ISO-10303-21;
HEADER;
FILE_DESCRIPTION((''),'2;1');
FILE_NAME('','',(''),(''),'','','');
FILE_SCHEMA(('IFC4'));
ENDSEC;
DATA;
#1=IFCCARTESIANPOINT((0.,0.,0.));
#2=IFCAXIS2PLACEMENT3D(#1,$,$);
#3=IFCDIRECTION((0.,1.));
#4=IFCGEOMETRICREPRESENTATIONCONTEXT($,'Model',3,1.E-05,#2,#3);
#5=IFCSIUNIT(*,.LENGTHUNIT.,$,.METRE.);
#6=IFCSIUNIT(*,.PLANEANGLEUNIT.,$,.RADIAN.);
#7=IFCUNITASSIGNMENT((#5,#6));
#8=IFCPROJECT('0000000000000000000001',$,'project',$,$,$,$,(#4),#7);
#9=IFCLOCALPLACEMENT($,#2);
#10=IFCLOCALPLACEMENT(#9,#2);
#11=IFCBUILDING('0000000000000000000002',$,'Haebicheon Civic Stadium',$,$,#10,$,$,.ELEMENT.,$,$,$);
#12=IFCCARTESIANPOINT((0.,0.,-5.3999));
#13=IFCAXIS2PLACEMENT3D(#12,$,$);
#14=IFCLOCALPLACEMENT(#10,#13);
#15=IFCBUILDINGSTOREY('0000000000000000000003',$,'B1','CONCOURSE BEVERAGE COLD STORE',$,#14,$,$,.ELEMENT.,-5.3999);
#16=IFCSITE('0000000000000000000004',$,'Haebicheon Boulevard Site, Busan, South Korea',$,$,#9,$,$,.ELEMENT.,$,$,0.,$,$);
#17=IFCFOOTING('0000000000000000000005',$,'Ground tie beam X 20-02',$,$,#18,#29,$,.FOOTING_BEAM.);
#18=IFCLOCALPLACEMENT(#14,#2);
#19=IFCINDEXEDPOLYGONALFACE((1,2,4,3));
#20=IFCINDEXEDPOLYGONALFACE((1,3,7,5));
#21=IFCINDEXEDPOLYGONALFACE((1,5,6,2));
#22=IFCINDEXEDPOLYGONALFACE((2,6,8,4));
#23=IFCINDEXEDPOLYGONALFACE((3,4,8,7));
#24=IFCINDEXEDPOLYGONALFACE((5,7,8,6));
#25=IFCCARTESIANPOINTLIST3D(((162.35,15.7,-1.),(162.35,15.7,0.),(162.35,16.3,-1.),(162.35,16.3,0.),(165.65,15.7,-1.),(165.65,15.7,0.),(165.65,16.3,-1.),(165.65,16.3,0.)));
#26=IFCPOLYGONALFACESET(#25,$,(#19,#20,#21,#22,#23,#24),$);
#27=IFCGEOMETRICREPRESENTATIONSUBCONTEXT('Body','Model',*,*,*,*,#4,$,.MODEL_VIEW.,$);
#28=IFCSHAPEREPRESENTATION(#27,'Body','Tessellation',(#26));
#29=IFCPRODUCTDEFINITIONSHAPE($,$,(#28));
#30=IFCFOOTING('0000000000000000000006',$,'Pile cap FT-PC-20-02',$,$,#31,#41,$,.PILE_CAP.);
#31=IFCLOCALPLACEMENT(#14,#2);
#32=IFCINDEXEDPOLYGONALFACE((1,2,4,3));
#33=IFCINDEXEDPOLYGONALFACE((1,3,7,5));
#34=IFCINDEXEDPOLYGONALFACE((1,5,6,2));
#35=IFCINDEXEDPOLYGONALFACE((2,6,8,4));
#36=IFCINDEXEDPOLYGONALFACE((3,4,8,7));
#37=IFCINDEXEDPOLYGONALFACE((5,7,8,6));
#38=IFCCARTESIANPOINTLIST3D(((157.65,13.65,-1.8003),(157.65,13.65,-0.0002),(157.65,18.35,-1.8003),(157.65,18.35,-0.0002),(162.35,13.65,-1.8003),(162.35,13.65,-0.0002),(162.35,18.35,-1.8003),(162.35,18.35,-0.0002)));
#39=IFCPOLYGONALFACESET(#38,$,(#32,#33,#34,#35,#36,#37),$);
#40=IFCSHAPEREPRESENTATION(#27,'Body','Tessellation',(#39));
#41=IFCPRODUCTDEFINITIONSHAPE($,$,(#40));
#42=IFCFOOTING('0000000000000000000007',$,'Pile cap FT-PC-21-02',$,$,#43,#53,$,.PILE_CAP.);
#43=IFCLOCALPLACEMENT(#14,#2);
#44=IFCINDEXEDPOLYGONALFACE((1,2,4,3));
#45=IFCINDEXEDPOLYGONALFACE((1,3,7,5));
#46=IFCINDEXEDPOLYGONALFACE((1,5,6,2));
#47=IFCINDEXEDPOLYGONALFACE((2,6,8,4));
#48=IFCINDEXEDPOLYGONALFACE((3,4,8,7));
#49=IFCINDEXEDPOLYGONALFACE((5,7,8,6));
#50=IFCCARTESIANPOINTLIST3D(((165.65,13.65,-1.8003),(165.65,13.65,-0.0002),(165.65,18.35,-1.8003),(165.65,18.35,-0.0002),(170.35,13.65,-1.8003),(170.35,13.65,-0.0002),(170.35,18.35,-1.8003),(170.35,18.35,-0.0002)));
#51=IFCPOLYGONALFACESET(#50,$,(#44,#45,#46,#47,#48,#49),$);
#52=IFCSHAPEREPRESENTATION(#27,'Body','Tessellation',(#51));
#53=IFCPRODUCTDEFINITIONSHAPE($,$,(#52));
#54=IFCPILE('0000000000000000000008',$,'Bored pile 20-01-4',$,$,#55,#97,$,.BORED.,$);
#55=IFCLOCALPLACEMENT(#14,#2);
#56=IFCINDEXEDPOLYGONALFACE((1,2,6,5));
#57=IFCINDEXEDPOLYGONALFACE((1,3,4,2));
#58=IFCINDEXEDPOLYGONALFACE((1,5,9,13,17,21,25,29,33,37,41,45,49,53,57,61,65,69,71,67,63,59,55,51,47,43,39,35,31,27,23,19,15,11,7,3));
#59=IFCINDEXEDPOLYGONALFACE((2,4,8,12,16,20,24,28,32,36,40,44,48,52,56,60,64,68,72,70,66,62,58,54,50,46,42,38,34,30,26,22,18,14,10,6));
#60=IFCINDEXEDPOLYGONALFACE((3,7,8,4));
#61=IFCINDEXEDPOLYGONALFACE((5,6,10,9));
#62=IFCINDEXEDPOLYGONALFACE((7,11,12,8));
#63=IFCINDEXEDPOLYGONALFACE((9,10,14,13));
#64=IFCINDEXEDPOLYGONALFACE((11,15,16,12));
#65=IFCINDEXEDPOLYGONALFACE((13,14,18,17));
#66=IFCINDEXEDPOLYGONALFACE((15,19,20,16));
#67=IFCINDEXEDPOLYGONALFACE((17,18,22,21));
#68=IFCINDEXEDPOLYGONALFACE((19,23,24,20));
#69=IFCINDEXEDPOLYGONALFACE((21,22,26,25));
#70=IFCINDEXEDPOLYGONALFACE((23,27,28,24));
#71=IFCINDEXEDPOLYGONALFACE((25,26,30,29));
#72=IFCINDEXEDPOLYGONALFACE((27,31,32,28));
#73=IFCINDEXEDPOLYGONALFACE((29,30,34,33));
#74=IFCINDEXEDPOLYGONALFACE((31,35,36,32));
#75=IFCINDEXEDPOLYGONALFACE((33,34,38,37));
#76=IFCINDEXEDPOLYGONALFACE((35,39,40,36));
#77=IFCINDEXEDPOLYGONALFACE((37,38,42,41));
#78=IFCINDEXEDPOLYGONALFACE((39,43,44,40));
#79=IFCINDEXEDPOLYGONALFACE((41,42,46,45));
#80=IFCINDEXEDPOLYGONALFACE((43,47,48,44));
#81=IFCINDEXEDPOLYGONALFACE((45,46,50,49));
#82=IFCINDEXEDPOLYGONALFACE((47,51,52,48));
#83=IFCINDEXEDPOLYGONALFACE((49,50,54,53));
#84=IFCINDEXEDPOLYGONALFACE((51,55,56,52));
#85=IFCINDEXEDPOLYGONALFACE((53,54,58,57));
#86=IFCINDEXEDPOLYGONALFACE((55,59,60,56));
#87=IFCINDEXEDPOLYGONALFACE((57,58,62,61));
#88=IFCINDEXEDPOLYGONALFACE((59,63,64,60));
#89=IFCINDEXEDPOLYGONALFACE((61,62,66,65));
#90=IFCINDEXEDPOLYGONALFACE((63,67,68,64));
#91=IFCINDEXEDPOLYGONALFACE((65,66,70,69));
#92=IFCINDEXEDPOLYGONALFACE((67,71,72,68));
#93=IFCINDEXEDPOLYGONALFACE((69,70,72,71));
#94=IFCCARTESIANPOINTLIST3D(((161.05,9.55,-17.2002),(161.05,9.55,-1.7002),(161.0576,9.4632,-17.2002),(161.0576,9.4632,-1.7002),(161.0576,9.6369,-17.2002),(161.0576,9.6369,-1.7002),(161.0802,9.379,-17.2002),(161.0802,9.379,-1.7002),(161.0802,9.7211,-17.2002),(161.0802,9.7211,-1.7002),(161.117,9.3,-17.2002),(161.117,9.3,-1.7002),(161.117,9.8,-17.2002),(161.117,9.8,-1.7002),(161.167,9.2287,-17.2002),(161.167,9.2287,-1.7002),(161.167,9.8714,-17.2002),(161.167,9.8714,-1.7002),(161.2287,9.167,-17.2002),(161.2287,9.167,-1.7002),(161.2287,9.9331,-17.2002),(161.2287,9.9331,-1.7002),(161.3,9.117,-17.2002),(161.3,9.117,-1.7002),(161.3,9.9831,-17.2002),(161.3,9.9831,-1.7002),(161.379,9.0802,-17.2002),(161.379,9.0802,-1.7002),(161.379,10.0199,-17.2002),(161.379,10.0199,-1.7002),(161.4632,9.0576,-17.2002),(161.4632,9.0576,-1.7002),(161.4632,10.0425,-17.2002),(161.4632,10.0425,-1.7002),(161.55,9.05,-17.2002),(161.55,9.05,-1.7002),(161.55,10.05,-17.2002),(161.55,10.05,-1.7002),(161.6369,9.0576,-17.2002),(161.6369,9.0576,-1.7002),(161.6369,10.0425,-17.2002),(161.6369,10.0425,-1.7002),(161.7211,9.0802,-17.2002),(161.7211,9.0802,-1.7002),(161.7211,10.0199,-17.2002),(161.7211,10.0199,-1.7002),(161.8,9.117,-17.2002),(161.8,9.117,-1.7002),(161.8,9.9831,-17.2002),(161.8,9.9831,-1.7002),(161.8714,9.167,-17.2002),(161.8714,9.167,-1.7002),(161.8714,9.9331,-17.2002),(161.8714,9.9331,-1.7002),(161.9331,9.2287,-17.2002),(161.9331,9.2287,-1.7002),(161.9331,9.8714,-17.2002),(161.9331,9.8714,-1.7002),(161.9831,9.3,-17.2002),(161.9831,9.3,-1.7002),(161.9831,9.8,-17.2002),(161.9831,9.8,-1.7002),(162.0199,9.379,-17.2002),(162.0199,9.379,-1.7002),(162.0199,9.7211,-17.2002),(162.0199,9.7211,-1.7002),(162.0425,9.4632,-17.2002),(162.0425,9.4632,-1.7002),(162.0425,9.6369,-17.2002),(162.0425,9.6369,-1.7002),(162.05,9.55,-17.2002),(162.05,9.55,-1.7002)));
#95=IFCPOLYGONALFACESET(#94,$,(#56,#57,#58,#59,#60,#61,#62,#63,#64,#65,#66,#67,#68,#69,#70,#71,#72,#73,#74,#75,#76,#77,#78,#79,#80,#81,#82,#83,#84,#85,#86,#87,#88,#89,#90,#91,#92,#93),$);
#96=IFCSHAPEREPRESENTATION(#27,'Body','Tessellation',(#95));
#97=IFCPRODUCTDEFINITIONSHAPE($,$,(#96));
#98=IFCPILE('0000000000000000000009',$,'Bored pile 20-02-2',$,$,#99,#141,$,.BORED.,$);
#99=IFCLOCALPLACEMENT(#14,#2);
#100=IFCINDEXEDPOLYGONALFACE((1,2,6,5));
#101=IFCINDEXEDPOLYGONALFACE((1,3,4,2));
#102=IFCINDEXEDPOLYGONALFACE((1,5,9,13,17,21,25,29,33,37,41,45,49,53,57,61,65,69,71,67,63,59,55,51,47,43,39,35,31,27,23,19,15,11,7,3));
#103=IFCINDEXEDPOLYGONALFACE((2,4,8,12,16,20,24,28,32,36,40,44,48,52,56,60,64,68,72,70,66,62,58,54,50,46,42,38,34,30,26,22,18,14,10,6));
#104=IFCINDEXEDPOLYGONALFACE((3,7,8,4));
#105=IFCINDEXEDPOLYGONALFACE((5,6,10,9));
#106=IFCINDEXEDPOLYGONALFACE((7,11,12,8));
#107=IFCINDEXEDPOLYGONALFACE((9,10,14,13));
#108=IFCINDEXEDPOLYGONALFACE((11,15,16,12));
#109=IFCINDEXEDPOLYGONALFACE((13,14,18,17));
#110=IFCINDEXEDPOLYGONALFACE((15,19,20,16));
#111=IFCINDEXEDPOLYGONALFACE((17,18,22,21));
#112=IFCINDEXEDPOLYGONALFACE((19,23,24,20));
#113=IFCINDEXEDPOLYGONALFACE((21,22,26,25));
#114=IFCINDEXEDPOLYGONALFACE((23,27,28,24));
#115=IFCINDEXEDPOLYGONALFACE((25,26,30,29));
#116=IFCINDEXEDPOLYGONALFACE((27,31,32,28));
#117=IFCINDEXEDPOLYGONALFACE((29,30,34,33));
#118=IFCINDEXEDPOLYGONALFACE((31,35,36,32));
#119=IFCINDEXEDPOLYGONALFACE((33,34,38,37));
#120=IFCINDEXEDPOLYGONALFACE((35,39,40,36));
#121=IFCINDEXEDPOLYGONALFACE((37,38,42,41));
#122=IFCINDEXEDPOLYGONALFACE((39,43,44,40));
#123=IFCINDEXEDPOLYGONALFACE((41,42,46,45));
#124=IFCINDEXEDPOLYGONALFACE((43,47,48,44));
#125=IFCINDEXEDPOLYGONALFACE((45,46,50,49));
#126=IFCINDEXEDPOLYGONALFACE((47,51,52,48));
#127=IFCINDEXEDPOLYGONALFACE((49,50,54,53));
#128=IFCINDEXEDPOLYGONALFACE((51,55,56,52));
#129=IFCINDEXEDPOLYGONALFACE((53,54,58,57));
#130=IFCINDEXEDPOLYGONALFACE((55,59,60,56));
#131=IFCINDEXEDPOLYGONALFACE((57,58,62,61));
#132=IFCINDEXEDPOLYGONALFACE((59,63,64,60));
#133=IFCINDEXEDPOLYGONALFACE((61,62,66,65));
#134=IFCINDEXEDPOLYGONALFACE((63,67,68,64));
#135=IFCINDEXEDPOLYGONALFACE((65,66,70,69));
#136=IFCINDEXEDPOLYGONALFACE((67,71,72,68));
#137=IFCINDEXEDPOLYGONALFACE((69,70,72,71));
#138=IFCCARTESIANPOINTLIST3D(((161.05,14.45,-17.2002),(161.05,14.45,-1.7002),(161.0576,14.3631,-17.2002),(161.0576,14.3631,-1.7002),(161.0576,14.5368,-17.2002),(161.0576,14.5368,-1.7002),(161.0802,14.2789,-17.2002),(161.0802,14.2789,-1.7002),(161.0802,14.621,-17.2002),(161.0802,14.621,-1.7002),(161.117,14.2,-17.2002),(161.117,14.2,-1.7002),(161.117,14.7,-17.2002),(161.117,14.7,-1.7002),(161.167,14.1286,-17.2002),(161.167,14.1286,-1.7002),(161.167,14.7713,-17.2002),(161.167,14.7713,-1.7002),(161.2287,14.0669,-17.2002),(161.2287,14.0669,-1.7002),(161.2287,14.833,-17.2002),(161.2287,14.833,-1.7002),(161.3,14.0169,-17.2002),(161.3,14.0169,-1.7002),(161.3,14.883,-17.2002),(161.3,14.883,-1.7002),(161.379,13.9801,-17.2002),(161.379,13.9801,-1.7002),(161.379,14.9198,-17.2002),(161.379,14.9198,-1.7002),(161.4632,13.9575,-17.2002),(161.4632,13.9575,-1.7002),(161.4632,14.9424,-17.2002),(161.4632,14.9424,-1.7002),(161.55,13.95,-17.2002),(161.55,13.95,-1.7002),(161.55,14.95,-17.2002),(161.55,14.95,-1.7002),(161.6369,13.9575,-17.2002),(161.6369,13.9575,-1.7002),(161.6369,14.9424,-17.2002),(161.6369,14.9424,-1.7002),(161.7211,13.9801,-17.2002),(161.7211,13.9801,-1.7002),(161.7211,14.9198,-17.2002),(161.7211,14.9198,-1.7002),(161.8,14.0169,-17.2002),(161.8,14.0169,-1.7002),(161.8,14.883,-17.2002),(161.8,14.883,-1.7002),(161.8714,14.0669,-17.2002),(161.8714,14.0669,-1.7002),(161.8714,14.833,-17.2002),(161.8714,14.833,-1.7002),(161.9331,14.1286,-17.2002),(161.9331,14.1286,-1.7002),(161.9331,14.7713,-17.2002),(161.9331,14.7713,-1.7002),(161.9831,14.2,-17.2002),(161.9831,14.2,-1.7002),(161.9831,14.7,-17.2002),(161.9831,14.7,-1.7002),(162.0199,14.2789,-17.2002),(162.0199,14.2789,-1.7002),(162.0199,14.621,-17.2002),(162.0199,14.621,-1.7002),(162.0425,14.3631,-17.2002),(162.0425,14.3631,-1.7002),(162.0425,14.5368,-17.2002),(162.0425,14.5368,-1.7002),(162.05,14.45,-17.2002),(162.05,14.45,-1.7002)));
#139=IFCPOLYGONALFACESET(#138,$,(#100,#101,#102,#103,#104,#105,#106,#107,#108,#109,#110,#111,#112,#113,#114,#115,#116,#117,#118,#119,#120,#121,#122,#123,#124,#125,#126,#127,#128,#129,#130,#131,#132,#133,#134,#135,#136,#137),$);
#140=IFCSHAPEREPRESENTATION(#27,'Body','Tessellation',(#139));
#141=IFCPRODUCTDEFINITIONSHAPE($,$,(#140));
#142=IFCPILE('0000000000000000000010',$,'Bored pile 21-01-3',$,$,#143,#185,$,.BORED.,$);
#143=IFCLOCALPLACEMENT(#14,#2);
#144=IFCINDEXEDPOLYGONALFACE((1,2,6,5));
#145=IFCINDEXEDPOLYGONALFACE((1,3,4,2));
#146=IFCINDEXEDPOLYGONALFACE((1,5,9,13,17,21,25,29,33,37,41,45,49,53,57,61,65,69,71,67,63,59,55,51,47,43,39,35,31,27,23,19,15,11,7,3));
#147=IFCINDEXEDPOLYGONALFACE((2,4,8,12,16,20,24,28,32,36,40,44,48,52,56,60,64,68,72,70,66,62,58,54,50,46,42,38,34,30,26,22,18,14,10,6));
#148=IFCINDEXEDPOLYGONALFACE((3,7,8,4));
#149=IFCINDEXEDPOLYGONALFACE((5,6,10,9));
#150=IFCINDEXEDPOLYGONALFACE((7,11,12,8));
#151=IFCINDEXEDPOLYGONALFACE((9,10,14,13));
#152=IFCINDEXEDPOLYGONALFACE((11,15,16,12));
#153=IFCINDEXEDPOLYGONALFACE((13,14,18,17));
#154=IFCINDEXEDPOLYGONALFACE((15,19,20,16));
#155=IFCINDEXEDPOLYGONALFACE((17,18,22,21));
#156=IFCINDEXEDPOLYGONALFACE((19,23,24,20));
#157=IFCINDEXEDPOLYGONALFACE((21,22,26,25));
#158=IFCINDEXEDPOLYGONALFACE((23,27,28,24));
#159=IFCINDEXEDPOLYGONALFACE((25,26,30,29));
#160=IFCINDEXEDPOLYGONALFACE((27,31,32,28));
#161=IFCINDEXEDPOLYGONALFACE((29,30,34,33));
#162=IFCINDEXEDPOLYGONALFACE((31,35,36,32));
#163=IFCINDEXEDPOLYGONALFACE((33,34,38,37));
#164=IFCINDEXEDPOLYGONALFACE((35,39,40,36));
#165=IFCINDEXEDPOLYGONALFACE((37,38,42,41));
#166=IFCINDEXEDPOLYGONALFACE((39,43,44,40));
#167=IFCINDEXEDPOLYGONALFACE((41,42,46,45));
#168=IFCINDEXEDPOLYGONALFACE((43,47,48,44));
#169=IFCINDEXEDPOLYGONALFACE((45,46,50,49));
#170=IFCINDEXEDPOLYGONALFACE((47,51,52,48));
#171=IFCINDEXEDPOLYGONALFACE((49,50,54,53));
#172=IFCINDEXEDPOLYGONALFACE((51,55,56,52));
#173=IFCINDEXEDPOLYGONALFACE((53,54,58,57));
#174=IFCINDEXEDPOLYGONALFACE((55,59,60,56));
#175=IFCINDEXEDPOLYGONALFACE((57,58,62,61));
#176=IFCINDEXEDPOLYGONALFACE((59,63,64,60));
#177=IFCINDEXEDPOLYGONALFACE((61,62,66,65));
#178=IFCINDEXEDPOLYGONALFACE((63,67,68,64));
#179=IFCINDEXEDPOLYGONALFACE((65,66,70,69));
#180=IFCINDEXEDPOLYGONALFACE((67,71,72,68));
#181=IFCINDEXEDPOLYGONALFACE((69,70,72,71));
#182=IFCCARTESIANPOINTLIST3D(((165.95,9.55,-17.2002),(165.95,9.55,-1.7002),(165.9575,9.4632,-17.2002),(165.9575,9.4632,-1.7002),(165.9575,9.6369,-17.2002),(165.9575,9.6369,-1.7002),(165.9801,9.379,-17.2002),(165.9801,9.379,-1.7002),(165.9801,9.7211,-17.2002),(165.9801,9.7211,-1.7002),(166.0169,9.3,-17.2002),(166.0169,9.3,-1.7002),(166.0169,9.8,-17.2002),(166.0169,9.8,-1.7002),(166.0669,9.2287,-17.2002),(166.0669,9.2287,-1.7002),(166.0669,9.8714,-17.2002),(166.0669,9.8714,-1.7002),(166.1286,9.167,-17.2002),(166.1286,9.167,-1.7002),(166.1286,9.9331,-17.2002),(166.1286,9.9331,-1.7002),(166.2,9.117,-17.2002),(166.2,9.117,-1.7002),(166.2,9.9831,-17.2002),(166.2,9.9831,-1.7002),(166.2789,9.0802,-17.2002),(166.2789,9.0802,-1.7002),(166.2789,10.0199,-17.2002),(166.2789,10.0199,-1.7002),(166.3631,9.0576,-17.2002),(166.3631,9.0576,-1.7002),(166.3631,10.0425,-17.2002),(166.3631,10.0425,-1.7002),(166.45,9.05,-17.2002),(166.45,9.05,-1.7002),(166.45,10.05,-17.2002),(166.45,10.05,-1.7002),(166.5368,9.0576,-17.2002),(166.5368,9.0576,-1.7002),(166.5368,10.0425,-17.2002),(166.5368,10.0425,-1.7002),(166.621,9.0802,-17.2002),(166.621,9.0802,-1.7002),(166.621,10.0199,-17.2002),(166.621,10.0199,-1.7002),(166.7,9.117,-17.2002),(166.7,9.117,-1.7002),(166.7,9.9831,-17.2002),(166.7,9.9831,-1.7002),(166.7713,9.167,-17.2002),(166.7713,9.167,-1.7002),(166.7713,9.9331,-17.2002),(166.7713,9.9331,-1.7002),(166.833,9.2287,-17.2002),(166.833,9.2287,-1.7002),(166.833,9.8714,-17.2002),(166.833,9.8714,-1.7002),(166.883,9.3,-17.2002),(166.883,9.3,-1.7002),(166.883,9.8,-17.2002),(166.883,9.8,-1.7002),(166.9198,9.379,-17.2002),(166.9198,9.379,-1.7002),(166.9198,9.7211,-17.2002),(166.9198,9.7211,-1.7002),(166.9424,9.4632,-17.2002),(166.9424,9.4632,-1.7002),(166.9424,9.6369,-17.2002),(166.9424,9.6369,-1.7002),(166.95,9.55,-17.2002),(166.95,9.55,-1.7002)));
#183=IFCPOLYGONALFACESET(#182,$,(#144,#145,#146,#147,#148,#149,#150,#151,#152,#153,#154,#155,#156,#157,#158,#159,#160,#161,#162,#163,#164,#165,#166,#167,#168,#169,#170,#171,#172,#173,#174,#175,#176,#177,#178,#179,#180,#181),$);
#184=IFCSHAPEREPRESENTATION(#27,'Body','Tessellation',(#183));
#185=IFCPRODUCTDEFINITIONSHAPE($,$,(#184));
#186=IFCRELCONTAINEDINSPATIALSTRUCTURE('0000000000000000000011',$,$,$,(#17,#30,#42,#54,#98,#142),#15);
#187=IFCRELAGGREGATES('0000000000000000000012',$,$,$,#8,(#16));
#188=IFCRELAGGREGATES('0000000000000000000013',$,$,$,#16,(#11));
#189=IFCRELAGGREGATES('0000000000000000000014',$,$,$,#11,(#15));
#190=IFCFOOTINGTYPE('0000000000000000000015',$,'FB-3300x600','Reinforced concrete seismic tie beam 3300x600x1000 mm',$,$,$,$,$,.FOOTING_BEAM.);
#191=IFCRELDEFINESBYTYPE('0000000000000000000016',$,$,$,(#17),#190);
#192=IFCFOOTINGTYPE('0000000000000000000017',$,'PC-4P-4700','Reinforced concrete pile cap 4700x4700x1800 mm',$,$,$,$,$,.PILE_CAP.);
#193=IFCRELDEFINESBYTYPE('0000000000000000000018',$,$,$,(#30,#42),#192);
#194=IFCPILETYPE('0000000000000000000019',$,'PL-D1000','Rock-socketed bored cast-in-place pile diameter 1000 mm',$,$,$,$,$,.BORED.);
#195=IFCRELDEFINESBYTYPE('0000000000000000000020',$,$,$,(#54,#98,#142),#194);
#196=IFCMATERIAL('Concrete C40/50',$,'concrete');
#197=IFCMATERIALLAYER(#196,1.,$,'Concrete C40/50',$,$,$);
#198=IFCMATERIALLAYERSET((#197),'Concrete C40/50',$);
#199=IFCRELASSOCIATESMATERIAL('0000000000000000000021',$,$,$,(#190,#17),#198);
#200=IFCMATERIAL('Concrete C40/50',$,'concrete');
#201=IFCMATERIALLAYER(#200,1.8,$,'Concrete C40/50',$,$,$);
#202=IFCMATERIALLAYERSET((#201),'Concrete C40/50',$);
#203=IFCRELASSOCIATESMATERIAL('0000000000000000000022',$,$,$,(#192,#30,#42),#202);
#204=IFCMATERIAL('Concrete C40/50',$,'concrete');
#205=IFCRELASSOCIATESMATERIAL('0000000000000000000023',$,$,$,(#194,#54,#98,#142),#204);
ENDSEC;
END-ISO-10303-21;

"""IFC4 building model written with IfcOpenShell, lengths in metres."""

from ifc_helpers import new_model, si_unit, direction, frame, origin, origin_2d, place, context, subcontext, project, spatial, rectangle, circle, extrude, material, layer, layer_set, material_profile, profile_set, type_object, element, save


model = new_model("IFC4")

# Units and contexts
model_context = context("Model", 3, precision=1e-05, world=origin(), true_north=direction((0.0, 1.0)))
body_context = subcontext(model_context, "Body", "Model", "MODEL_VIEW")
ifc_project = project(units=[si_unit("LENGTHUNIT", "METRE"), si_unit("PLANEANGLEUNIT", "RADIAN")], contexts=[model_context])

# Site, building, storey
site_placement = place(None, origin())
site = spatial("IfcSite", under=ifc_project, at=site_placement, Name="Haebicheon Boulevard Site, Busan, South Korea", CompositionType="ELEMENT", RefElevation=0.0)
building_placement = place(site_placement, origin())
building = spatial("IfcBuilding", under=site, at=building_placement, Name="Haebicheon Civic Stadium", CompositionType="ELEMENT")
storey_placement = place(building_placement, frame((0.0, 0.0, -5.3999)))
storey = spatial("IfcBuildingStorey", under=building, at=storey_placement, Name="B1", Description="CONCOURSE BEVERAGE COLD STORE", CompositionType="ELEMENT", Elevation=-5.3999)

# Footings
ifc_material_1 = material(Name="Concrete C40/50", Category="concrete")
ifc_layer_1 = layer(ifc_material_1, 1.0, Name="Concrete C40/50")
ifc_layer_set_1 = layer_set([ifc_layer_1], Name="Concrete C40/50")
footing_type_1 = type_object("IfcFootingType", Name="FB-3300x600", Description="Reinforced concrete seismic tie beam 3300x600x1000 mm", PredefinedType="FOOTING_BEAM", material=ifc_layer_set_1)
footing_placement = place(storey_placement, frame((164.0, 16.0, -1.0), z_axis=(0.0, 0.0, 1.0), x_axis=(1.0, 0.0, 0.0)))
element("IfcFooting", 1, at=footing_placement, inside=storey, type_object=footing_type_1, material=ifc_layer_set_1, Name="Ground tie beam X 20-02", PredefinedType="FOOTING_BEAM", context=body_context, shape_type="SweptSolid", body=[
    extrude(rectangle(XDim=3.3, YDim=0.6001, at=origin_2d()), origin(), (0.0, 0.0, 1.0), 1.0),
])
ifc_material_2 = material(Name="Concrete C40/50", Category="concrete")
ifc_layer_2 = layer(ifc_material_2, 1.8, Name="Concrete C40/50")
ifc_layer_set_2 = layer_set([ifc_layer_2], Name="Concrete C40/50")
footing_type_2 = type_object("IfcFootingType", Name="PC-4P-4700", Description="Reinforced concrete pile cap 4700x4700x1800 mm", PredefinedType="PILE_CAP", material=ifc_layer_set_2)
for number, where, z_axis, x_axis, name in (
    (2, (160.0, 16.0, -1.8003), (0.0, 0.0, 1.0), (1.0, 0.0, 0.0), "Pile cap FT-PC-20-02"),
    (3, (168.0, 16.0, -1.8003), (0.0, 0.0, 1.0), (1.0, 0.0, 0.0), "Pile cap FT-PC-21-02"),
):
    element("IfcFooting", number, at=place(storey_placement, frame(where, z_axis=z_axis, x_axis=x_axis)), inside=storey, type_object=footing_type_2, material=ifc_layer_set_2, Name=name, PredefinedType="PILE_CAP", context=body_context, shape_type="SweptSolid", body=[
        extrude(rectangle(XDim=4.7, YDim=4.7, at=origin_2d()), origin(), (0.0, 0.0, 1.0), 1.8),
    ])

# Piles
ifc_material_3 = material(Name="Concrete C40/50", Category="concrete")
ifc_material_profile_1 = material_profile(ifc_material_3, circle(Radius=0.5, at=origin_2d()), Name="PILE-D1000")
ifc_profile_set_1 = profile_set([ifc_material_profile_1], Name="Concrete C40/50")
pile_type = type_object("IfcPileType", Name="PL-D1000", Description="Rock-socketed bored cast-in-place pile diameter 1000 mm", PredefinedType="BORED", material=ifc_profile_set_1)
for number, where, z_axis, x_axis, name in (
    (4, (161.55, 9.55, -1.7002), (0.0, 0.0, -1.0), (1.0, 0.0, 0.0), "Bored pile 20-01-4"),
    (5, (161.55, 14.45, -1.7002), (0.0, 0.0, -1.0), (1.0, 0.0, 0.0), "Bored pile 20-02-2"),
    (6, (166.45, 9.55, -1.7002), (0.0, 0.0, -1.0), (1.0, 0.0, 0.0), "Bored pile 21-01-3"),
):
    element("IfcPile", number, at=place(storey_placement, frame(where, z_axis=z_axis, x_axis=x_axis)), inside=storey, type_object=pile_type, material=ifc_profile_set_1, Name=name, PredefinedType="BORED", context=body_context, shape_type="SweptSolid", body=[
        extrude(circle(Radius=0.5, at=origin_2d()), origin(), (0.0, 0.0, 1.0), 15.5),
    ])

save(model, "model.ifc")
